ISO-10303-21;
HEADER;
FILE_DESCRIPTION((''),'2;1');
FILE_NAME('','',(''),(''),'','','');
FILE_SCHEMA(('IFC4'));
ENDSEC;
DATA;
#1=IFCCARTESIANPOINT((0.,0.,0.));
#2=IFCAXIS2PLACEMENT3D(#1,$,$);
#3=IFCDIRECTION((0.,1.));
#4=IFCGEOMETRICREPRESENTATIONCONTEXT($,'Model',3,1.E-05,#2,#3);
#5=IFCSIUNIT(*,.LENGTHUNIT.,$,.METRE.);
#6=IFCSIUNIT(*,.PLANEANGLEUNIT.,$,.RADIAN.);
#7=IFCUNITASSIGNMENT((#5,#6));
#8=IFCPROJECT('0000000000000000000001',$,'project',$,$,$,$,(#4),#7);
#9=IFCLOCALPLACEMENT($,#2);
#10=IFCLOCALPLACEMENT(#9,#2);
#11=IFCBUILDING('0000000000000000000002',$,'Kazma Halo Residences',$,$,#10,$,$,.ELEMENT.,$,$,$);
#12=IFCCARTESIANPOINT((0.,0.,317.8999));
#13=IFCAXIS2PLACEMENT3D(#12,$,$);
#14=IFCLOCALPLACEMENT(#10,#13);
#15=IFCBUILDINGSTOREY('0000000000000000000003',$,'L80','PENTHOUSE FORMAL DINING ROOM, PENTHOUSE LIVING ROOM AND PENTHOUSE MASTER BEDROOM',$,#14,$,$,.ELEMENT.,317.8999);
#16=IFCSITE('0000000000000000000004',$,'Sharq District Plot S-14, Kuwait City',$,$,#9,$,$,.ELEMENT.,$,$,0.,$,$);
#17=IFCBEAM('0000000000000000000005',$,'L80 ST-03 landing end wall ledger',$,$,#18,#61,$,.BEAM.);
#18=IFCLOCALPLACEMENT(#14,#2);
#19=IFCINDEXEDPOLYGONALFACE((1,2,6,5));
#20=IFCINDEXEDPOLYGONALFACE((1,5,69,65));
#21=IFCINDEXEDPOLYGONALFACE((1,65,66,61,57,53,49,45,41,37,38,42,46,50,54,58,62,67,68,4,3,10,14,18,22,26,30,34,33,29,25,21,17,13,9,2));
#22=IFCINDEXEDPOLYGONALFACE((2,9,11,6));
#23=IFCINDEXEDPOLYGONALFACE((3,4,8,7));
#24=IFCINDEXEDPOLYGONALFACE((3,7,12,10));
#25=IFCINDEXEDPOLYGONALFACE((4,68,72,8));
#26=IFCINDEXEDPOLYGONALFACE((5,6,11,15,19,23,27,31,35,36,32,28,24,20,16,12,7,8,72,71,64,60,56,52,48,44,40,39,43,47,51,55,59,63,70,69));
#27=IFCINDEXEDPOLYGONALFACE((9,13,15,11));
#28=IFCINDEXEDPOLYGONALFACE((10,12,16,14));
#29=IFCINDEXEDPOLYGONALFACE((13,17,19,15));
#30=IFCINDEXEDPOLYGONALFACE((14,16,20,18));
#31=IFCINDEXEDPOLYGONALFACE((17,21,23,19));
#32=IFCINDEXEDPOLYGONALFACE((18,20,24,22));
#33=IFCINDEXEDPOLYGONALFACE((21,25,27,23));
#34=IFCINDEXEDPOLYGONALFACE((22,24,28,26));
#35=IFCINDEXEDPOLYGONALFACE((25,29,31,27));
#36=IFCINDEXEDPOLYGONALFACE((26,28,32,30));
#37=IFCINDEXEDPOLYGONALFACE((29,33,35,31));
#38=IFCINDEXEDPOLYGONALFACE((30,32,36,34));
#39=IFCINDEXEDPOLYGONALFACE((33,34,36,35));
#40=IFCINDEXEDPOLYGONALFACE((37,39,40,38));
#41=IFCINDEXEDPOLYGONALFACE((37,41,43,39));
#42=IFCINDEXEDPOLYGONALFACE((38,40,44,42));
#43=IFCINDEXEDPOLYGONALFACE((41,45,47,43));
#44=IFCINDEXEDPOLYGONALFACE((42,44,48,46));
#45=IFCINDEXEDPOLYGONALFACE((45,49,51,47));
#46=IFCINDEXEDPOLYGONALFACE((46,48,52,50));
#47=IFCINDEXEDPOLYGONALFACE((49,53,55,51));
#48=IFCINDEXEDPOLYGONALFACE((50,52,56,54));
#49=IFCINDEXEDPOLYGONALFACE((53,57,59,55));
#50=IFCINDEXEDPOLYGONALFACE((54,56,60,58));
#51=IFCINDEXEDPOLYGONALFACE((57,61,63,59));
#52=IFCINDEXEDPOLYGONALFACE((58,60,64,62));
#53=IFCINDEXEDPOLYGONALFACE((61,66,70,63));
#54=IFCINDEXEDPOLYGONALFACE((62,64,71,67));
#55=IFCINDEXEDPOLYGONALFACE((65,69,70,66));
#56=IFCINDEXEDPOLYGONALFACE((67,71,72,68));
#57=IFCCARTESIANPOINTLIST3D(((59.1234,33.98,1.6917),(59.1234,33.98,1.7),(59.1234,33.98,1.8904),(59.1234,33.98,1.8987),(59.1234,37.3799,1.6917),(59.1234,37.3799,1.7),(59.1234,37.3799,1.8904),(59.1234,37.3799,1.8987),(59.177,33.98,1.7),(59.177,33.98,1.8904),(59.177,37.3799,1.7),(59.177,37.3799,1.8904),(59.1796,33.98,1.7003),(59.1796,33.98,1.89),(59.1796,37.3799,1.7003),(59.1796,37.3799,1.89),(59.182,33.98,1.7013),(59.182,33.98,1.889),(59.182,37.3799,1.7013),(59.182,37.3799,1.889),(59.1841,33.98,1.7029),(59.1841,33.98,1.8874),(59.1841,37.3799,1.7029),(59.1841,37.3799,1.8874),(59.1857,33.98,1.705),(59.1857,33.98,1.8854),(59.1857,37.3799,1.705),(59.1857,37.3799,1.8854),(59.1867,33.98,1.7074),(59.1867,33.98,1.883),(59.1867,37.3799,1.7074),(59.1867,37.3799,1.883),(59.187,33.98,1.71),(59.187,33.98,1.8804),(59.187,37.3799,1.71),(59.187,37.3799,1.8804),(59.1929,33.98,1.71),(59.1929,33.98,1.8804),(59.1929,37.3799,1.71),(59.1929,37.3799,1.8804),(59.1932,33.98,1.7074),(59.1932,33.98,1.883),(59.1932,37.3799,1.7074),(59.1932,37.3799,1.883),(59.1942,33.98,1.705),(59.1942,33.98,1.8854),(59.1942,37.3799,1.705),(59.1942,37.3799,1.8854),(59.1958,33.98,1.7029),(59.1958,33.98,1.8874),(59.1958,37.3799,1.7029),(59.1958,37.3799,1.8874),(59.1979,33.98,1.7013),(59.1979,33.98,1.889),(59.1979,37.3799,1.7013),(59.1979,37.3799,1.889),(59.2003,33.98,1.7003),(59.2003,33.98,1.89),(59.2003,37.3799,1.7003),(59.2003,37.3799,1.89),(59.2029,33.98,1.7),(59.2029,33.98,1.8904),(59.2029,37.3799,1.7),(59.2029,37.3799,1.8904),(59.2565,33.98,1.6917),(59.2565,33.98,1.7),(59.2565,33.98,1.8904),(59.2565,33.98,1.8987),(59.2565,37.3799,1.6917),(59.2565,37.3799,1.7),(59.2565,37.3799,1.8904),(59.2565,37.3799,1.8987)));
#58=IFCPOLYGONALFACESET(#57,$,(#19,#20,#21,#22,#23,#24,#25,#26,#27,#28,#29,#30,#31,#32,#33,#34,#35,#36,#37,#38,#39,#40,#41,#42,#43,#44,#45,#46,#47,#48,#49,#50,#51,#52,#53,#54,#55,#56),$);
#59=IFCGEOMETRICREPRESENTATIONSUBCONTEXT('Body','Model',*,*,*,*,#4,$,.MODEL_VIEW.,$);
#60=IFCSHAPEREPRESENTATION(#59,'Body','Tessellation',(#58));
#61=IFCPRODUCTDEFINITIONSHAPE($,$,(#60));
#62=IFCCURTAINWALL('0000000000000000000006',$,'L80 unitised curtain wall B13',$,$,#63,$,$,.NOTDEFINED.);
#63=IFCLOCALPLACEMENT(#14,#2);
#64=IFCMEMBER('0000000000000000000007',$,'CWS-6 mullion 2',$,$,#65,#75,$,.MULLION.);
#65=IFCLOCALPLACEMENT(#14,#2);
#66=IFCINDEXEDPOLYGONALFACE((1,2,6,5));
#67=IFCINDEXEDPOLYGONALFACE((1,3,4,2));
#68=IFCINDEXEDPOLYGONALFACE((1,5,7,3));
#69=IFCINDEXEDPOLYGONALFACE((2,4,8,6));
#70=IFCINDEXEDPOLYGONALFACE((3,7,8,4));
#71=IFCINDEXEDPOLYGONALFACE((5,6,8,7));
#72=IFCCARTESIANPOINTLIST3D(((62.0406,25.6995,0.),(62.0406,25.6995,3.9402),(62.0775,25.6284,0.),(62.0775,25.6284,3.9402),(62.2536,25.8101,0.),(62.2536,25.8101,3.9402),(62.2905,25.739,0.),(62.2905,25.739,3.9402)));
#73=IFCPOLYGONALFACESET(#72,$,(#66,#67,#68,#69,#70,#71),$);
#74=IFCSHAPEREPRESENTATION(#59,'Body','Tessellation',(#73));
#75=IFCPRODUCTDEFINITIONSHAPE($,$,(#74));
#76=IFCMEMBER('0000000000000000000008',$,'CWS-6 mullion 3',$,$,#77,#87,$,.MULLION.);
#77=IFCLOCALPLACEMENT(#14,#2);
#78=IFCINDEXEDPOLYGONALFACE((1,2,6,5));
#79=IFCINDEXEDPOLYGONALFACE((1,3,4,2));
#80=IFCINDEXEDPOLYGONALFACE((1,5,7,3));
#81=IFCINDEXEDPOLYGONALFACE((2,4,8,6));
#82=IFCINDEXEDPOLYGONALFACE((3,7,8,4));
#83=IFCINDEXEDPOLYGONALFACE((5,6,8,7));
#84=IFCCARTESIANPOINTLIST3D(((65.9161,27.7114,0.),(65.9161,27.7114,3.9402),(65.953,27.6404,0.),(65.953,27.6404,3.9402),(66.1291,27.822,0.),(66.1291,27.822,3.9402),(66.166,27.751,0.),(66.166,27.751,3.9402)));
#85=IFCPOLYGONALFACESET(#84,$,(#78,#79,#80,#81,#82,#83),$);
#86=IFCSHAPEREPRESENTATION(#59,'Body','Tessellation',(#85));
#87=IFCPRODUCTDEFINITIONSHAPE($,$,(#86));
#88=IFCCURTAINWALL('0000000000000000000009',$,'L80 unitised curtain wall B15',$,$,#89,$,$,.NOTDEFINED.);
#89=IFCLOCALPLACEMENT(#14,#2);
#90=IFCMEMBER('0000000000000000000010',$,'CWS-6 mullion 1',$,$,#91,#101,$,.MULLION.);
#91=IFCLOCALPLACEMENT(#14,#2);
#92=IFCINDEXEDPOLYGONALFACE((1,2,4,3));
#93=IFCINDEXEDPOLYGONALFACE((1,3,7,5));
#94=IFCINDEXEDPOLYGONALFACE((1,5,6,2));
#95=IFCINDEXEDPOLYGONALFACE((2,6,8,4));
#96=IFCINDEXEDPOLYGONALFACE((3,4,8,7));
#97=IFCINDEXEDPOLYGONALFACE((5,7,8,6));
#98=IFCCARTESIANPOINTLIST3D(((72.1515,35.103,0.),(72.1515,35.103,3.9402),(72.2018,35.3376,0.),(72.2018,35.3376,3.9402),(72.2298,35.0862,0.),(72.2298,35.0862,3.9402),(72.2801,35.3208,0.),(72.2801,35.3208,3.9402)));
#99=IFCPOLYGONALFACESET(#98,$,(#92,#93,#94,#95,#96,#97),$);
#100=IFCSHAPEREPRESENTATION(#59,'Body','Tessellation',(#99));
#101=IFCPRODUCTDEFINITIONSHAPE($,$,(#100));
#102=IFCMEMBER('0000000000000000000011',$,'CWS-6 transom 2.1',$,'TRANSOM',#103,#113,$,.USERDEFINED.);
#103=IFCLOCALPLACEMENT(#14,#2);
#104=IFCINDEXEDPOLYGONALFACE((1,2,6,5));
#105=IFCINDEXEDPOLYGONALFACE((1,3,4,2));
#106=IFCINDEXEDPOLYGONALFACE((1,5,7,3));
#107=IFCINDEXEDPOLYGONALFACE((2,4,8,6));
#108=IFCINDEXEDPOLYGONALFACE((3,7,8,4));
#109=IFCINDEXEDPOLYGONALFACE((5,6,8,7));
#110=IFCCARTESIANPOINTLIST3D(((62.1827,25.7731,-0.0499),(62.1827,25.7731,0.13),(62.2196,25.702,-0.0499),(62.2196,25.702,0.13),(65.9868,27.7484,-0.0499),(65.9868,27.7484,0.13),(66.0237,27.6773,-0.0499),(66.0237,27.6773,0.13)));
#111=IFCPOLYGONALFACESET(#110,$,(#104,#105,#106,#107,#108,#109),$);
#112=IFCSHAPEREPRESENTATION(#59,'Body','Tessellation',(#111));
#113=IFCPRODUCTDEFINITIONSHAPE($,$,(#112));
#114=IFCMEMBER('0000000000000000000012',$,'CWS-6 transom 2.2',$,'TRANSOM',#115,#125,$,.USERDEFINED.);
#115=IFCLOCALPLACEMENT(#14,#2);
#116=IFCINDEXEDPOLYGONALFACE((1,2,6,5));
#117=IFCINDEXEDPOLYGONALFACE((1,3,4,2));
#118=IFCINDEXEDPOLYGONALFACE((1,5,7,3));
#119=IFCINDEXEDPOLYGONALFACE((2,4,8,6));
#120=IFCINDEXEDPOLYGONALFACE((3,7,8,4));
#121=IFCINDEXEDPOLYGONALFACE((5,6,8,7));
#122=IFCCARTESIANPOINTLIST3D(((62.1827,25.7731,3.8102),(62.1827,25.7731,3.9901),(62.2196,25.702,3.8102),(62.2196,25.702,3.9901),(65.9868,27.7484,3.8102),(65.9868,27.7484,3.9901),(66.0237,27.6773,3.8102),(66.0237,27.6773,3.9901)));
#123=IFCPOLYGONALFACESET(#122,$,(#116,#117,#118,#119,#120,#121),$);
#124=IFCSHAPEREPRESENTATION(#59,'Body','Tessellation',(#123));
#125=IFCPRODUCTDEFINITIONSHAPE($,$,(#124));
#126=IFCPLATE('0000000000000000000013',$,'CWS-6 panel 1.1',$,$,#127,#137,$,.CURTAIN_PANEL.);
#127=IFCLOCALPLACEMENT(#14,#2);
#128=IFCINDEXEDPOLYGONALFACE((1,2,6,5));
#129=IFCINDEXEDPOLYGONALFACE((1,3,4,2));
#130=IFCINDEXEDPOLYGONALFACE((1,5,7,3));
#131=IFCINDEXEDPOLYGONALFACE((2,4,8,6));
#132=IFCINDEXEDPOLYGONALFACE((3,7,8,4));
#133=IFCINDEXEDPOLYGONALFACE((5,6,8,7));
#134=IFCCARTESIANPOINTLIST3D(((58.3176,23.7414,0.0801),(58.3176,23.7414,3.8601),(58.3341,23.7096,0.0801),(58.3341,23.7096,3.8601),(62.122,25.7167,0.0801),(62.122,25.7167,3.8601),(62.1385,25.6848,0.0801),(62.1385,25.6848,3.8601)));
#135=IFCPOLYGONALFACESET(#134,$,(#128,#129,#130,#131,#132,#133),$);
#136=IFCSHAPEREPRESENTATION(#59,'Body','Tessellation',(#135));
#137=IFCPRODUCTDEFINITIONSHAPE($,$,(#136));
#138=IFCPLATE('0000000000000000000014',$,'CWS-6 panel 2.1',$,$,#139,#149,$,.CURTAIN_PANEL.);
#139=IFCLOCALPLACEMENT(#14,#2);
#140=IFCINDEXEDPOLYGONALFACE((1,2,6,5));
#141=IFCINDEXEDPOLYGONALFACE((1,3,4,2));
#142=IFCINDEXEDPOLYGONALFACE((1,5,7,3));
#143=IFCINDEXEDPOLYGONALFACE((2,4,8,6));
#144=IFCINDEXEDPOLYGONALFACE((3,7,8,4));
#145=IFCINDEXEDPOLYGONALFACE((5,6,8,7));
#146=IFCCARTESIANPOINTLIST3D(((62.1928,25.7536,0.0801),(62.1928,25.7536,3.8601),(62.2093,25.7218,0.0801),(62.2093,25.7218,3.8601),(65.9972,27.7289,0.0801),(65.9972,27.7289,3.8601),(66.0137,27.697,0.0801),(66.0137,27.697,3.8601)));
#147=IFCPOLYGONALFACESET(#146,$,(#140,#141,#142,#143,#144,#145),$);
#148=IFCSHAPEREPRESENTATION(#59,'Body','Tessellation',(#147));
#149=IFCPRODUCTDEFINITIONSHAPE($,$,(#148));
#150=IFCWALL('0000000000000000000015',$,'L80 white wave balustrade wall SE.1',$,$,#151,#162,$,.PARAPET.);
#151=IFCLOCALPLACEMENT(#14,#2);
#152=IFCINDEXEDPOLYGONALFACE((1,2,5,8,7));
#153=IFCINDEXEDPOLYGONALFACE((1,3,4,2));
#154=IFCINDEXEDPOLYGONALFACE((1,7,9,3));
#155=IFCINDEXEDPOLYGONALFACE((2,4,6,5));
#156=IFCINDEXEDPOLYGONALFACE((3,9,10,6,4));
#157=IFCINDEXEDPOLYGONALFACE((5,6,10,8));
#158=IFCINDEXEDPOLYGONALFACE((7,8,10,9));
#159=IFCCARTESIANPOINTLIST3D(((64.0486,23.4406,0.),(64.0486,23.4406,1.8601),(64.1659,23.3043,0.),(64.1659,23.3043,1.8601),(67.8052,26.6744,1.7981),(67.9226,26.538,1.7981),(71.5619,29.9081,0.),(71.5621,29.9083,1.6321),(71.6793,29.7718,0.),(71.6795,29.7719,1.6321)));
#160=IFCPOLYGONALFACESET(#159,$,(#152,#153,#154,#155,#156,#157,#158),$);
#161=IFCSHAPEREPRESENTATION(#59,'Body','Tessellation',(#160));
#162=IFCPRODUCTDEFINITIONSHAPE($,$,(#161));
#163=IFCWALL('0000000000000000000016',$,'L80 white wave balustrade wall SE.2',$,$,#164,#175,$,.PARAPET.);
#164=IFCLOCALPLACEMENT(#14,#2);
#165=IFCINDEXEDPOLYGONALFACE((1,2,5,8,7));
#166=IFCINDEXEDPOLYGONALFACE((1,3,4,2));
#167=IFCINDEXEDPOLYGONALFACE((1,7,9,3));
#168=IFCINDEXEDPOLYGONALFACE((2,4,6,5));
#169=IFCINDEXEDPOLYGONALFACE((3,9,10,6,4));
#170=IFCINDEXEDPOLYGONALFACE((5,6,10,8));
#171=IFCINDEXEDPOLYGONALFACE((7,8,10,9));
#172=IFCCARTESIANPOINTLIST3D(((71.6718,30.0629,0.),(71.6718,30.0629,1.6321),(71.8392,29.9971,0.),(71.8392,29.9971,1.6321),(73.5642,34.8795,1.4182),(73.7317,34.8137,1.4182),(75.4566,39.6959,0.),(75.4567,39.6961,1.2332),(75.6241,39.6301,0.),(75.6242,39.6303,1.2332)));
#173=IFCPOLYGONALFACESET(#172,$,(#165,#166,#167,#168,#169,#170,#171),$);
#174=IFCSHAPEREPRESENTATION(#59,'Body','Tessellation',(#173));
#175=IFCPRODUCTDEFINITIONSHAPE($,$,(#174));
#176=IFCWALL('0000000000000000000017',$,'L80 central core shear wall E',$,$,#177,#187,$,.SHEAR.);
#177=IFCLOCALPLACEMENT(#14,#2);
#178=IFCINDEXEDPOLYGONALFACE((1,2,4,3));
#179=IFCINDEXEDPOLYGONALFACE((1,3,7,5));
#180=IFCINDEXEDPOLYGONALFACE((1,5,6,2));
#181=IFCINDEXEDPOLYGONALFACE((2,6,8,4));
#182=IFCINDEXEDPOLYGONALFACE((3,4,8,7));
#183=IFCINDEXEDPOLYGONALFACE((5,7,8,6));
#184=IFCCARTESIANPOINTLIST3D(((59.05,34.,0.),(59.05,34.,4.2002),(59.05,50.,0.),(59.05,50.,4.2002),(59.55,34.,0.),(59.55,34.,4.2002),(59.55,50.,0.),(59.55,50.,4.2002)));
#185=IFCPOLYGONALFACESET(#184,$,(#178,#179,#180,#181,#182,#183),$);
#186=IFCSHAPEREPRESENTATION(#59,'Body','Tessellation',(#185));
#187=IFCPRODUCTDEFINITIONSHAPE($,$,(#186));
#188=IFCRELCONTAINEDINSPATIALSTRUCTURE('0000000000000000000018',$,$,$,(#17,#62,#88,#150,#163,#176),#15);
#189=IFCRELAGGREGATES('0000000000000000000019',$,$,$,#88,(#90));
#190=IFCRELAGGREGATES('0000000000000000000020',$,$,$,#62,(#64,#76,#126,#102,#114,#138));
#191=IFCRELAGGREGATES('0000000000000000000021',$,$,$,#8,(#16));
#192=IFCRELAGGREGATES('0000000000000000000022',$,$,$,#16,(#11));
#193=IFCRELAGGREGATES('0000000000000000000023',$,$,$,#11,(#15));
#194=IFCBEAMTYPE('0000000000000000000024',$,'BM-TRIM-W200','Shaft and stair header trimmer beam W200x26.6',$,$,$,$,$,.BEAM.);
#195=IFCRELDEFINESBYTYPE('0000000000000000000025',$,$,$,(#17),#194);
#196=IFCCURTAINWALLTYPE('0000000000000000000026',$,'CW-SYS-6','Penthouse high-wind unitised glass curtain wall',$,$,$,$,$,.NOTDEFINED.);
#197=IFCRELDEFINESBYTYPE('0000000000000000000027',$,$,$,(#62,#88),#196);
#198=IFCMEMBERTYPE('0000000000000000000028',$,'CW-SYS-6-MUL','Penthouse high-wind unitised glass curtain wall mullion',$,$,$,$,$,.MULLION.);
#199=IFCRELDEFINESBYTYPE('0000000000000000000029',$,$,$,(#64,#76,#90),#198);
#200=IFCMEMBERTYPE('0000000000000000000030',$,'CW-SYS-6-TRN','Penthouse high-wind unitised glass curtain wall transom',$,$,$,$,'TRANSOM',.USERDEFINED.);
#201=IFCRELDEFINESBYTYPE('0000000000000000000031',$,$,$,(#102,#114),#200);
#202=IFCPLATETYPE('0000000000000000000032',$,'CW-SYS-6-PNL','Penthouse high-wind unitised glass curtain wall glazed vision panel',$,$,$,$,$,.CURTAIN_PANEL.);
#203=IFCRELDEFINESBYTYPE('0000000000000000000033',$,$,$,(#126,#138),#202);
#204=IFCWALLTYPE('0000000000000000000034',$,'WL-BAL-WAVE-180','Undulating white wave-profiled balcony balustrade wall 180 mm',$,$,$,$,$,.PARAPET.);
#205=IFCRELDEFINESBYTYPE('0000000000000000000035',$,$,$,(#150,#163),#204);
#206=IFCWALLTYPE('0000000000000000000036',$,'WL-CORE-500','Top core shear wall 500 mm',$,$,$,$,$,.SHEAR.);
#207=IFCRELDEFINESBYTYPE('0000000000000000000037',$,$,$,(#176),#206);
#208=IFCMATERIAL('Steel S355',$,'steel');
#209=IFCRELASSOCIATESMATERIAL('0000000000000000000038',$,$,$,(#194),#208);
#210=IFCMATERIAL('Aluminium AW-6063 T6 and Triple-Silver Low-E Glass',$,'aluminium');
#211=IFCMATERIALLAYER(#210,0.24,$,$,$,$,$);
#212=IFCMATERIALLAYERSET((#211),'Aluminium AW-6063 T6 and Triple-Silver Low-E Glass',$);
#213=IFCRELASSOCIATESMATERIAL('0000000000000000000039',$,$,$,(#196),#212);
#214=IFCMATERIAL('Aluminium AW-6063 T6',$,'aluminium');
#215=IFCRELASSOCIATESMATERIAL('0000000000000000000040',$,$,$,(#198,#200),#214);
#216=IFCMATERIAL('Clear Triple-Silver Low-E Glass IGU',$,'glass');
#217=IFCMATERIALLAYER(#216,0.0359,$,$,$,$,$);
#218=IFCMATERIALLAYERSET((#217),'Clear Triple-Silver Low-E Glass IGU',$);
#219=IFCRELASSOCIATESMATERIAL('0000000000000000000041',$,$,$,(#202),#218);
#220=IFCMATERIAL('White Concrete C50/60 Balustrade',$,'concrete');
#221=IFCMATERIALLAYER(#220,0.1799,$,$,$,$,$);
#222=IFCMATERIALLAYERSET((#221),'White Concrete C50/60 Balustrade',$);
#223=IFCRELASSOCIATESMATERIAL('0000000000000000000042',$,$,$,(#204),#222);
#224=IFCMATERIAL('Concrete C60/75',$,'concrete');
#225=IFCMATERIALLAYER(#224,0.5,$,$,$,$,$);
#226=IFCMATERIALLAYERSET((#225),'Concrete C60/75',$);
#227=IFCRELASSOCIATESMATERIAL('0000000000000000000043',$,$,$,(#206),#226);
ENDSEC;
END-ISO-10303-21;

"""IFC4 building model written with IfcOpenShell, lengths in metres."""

from ifc_helpers import new_model, si_unit, direction, frame, frame_2d, origin, origin_2d, place, context, subcontext, project, spatial, polyline, rectangle, i_section, outline, extrude, material, layer, layer_set, material_profile, profile_set, type_object, element, aggregate, save


model = new_model("IFC4")

# Units and contexts
model_context = context("Model", 3, precision=1e-05, world=origin(), true_north=direction((0.0, 1.0)))
body_context = subcontext(model_context, "Body", "Model", "MODEL_VIEW")
ifc_project = project(units=[si_unit("LENGTHUNIT", "METRE"), si_unit("PLANEANGLEUNIT", "RADIAN")], contexts=[model_context])

# Site, building, storey
site_placement = place(None, origin())
site = spatial("IfcSite", under=ifc_project, at=site_placement, Name="Sharq District Plot S-14, Kuwait City", CompositionType="ELEMENT", RefElevation=0.0)
building_placement = place(site_placement, origin())
building = spatial("IfcBuilding", under=site, at=building_placement, Name="Kazma Halo Residences", CompositionType="ELEMENT")
storey_placement = place(building_placement, frame((0.0, 0.0, 317.8999)))
storey = spatial("IfcBuildingStorey", under=building, at=storey_placement, Name="L80", Description="PENTHOUSE FORMAL DINING ROOM, PENTHOUSE LIVING ROOM AND PENTHOUSE MASTER BEDROOM", CompositionType="ELEMENT", Elevation=317.8999)

# Shared definitions
ifc_material_1 = material(Name="Concrete C60/75", Category="concrete")

# Beam
ifc_material_2 = material(Name="Steel S355", Category="steel")
ifc_material_profile_1 = material_profile(ifc_material_2, i_section(OverallWidth=0.1331, OverallDepth=0.207, WebThickness=0.0059, FlangeThickness=0.0083, FilletRadius=0.01, at=origin_2d()), Name="W200x26.6")
ifc_profile_set_1 = profile_set([ifc_material_profile_1], Name="Steel S355")
beam_type_1 = type_object("IfcBeamType", Name="BM-TRIM-W200", Description="Shaft and stair header trimmer beam W200x26.6", PredefinedType="BEAM", material=ifc_profile_set_1)
beam_1_placement = place(storey_placement, frame((59.1899, 33.98, 1.7952), z_axis=(0.0, 1.0, 0.0), x_axis=(-1.0, 0.0, 0.0)))
element("IfcBeam", 1, at=beam_1_placement, inside=storey, type_object=beam_type_1, Name="L80 ST-03 landing end wall ledger", PredefinedType="BEAM", context=body_context, shape_type="SweptSolid", body=[
    extrude(i_section(OverallWidth=0.1331, OverallDepth=0.207, WebThickness=0.0059, FlangeThickness=0.0083, FilletRadius=0.01, at=origin_2d()), origin(), (0.0, 0.0, 1.0), 3.3999),
])

# Curtain wall, members
ifc_material_3 = material(Name="Aluminium AW-6063 T6 and Triple-Silver Low-E Glass", Category="aluminium")
ifc_layer_1 = layer(ifc_material_3, 0.24)
ifc_layer_set_1 = layer_set([ifc_layer_1], Name="Aluminium AW-6063 T6 and Triple-Silver Low-E Glass")
curtain_wall_type = type_object("IfcCurtainWallType", Name="CW-SYS-6", Description="Penthouse high-wind unitised glass curtain wall", PredefinedType="NOTDEFINED", material=ifc_layer_set_1)
curtain_wall_1_placement = place(storey_placement, origin())
curtain_wall_1 = element("IfcCurtainWall", 2, at=curtain_wall_1_placement, inside=storey, type_object=curtain_wall_type, Name="L80 unitised curtain wall B13", PredefinedType="NOTDEFINED")
ifc_material_4 = material(Name="Aluminium AW-6063 T6", Category="aluminium")
ifc_material_profile_2 = material_profile(ifc_material_4, rectangle(XDim=0.0801, YDim=0.24, at=origin_2d()), Name="CWM-80x240")
ifc_profile_set_2 = profile_set([ifc_material_profile_2], Name="Aluminium AW-6063 T6")
member_type_1 = type_object("IfcMemberType", Name="CW-SYS-6-MUL", Description="Penthouse high-wind unitised glass curtain wall mullion", PredefinedType="MULLION", material=ifc_profile_set_2)
member_1_placement = place(storey_placement, frame((62.1655, 25.7192, 0.0), z_axis=(0.0, 0.0, 1.0), x_axis=(-0.460796, 0.887506, 0.0)))
member_1 = element("IfcMember", 3, at=member_1_placement, type_object=member_type_1, Name="CWS-6 mullion 2", PredefinedType="MULLION", context=body_context, shape_type="SweptSolid", body=[
    extrude(rectangle(XDim=0.0801, YDim=0.24, at=origin_2d()), origin(), (0.0, 0.0, 1.0), 3.9402),
])
member_2_placement = place(storey_placement, frame((66.041, 27.7312, 0.0), z_axis=(0.0, 0.0, 1.0), x_axis=(-0.460796, 0.887506, 0.0)))
member_2 = element("IfcMember", 4, at=member_2_placement, type_object=member_type_1, Name="CWS-6 mullion 3", PredefinedType="MULLION", context=body_context, shape_type="SweptSolid", body=[
    extrude(rectangle(XDim=0.0801, YDim=0.24, at=origin_2d()), origin(), (0.0, 0.0, 1.0), 3.9402),
])

# Curtain wall, member
curtain_wall_2_placement = place(storey_placement, origin())
curtain_wall_2 = element("IfcCurtainWall", 5, at=curtain_wall_2_placement, inside=storey, type_object=curtain_wall_type, Name="L80 unitised curtain wall B15", PredefinedType="NOTDEFINED")
member_3_placement = place(storey_placement, frame((72.2158, 35.2119, 0.0), z_axis=(0.0, 0.0, 1.0), x_axis=(-0.977761, 0.209723, 0.0)))
member_3 = element("IfcMember", 6, at=member_3_placement, type_object=member_type_1, Name="CWS-6 mullion 1", PredefinedType="MULLION", context=body_context, shape_type="SweptSolid", body=[
    extrude(rectangle(XDim=0.0801, YDim=0.24, at=origin_2d()), origin(), (0.0, 0.0, 1.0), 3.9402),
])
aggregate(curtain_wall_2, [member_3])

# Members
ifc_material_profile_3 = material_profile(ifc_material_4, rectangle(XDim=0.0801, YDim=0.1799, at=origin_2d()), Name="CWT-80x180")
ifc_profile_set_3 = profile_set([ifc_material_profile_3], Name="Aluminium AW-6063 T6")
member_type_2 = type_object("IfcMemberType", Name="CW-SYS-6-TRN", Description="Penthouse high-wind unitised glass curtain wall transom", ElementType="TRANSOM", PredefinedType="USERDEFINED", material=ifc_profile_set_3)
member_4_placement = place(storey_placement, frame((62.2012, 25.7375, 0.04), z_axis=(0.887488, 0.460831, 0.0), x_axis=(-0.460831, 0.887488, 0.0)))
member_4 = element("IfcMember", 7, at=member_4_placement, type_object=member_type_2, Name="CWS-6 transom 2.1", ObjectType="TRANSOM", PredefinedType="USERDEFINED", context=body_context, shape_type="SweptSolid", body=[
    extrude(rectangle(XDim=0.0801, YDim=0.1799, at=origin_2d()), origin(), (0.0, 0.0, 1.0), 4.2864),
])
member_5_placement = place(storey_placement, frame((62.2012, 25.7375, 3.9001), z_axis=(0.887488, 0.460831, 0.0), x_axis=(-0.460831, 0.887488, 0.0)))
member_5 = element("IfcMember", 8, at=member_5_placement, type_object=member_type_2, Name="CWS-6 transom 2.2", ObjectType="TRANSOM", PredefinedType="USERDEFINED", context=body_context, shape_type="SweptSolid", body=[
    extrude(rectangle(XDim=0.0801, YDim=0.1799, at=origin_2d()), origin(), (0.0, 0.0, 1.0), 4.2864),
])

# Plates
ifc_material_5 = material(Name="Clear Triple-Silver Low-E Glass IGU", Category="glass")
ifc_layer_2 = layer(ifc_material_5, 0.0359)
ifc_layer_set_2 = layer_set([ifc_layer_2], Name="Clear Triple-Silver Low-E Glass IGU")
plate_type = type_object("IfcPlateType", Name="CW-SYS-6-PNL", Description="Penthouse high-wind unitised glass curtain wall glazed vision panel", PredefinedType="CURTAIN_PANEL", material=ifc_layer_set_2)
plate_1_placement = place(storey_placement, frame((60.228, 24.7131, 0.0801), z_axis=(0.0, 0.0, 1.0), x_axis=(0.887506, 0.460796, 0.0)))
plate_1 = element("IfcPlate", 9, at=plate_1_placement, type_object=plate_type, Name="CWS-6 panel 1.1", PredefinedType="CURTAIN_PANEL", context=body_context, shape_type="SweptSolid", body=[
    extrude(rectangle(XDim=4.2866, YDim=0.0359, at=origin_2d()), origin(), (0.0, 0.0, 1.0), 3.78),
])
plate_2_placement = place(storey_placement, frame((64.1033, 26.7253, 0.0801), z_axis=(0.0, 0.0, 1.0), x_axis=(0.887506, 0.460796, 0.0)))
plate_2 = element("IfcPlate", 10, at=plate_2_placement, type_object=plate_type, Name="CWS-6 panel 2.1", PredefinedType="CURTAIN_PANEL", context=body_context, shape_type="SweptSolid", body=[
    extrude(rectangle(XDim=4.2866, YDim=0.0359, at=origin_2d()), origin(), (0.0, 0.0, 1.0), 3.78),
])
aggregate(curtain_wall_1, [member_1, member_2, plate_1, member_4, member_5, plate_2])

# Walls
ifc_material_6 = material(Name="White Concrete C50/60 Balustrade", Category="concrete")
ifc_layer_3 = layer(ifc_material_6, 0.1799)
ifc_layer_set_3 = layer_set([ifc_layer_3], Name="White Concrete C50/60 Balustrade")
wall_type_1 = type_object("IfcWallType", Name="WL-BAL-WAVE-180", Description="Undulating white wave-profiled balcony balustrade wall 180 mm", PredefinedType="PARAPET", material=ifc_layer_set_3)
wall_1_placement = place(storey_placement, frame((64.1072, 23.3726, 0.0), z_axis=(0.0, 0.0, 1.0), x_axis=(0.757887, 0.652386, 0.0)))
element("IfcWall", 11, at=wall_1_placement, inside=storey, type_object=wall_type_1, Name="L80 white wave balustrade wall SE.1", PredefinedType="PARAPET", context=body_context, shape_type="SweptSolid", body=[
    extrude(outline(polyline([(0.0, 0.0), (9.9136, 0.0), (9.9138, 1.6321), (4.9568, 1.7981), (0.0, 1.8601), (0.0, 0.0)])), frame((0.0, 0.0898, 0.0), z_axis=(0.0, -1.0, 0.0), x_axis=(1.0, 0.0, 0.0)), (0.0, 0.0, 1.0), 0.1799),
])
wall_2_placement = place(storey_placement, frame((71.7554, 30.03, 0.0), z_axis=(0.0, 0.0, 1.0), x_axis=(0.365694, 0.930735, 0.0)))
element("IfcWall", 12, at=wall_2_placement, inside=storey, type_object=wall_type_1, Name="L80 white wave balustrade wall SE.2", PredefinedType="PARAPET", context=body_context, shape_type="SweptSolid", body=[
    extrude(outline(polyline([(0.0, 0.0), (10.3499, 0.0), (10.3501, 1.2332), (5.175, 1.4182), (0.0, 1.6321), (0.0, 0.0)])), frame((0.0, 0.0898, 0.0), z_axis=(0.0, -1.0, 0.0), x_axis=(1.0, 0.0, 0.0)), (0.0, 0.0, 1.0), 0.1799),
])
ifc_layer_4 = layer(ifc_material_1, 0.5)
ifc_layer_set_4 = layer_set([ifc_layer_4], Name="Concrete C60/75")
wall_type_2 = type_object("IfcWallType", Name="WL-CORE-500", Description="Top core shear wall 500 mm", PredefinedType="SHEAR", material=ifc_layer_set_4)
wall_3_placement = place(storey_placement, frame((59.3, 34.0, 0.0), z_axis=(0.0, 0.0, 1.0), x_axis=(0.0, 1.0, 0.0)))
element("IfcWall", 13, at=wall_3_placement, inside=storey, type_object=wall_type_2, Name="L80 central core shear wall E", PredefinedType="SHEAR", context=body_context, shape_type="SweptSolid", body=[
    extrude(rectangle(XDim=16.0, YDim=0.5, at=frame_2d((8.0, 0.0))), origin(), (0.0, 0.0, 1.0), 4.2002),
])

save(model, "model.ifc")
